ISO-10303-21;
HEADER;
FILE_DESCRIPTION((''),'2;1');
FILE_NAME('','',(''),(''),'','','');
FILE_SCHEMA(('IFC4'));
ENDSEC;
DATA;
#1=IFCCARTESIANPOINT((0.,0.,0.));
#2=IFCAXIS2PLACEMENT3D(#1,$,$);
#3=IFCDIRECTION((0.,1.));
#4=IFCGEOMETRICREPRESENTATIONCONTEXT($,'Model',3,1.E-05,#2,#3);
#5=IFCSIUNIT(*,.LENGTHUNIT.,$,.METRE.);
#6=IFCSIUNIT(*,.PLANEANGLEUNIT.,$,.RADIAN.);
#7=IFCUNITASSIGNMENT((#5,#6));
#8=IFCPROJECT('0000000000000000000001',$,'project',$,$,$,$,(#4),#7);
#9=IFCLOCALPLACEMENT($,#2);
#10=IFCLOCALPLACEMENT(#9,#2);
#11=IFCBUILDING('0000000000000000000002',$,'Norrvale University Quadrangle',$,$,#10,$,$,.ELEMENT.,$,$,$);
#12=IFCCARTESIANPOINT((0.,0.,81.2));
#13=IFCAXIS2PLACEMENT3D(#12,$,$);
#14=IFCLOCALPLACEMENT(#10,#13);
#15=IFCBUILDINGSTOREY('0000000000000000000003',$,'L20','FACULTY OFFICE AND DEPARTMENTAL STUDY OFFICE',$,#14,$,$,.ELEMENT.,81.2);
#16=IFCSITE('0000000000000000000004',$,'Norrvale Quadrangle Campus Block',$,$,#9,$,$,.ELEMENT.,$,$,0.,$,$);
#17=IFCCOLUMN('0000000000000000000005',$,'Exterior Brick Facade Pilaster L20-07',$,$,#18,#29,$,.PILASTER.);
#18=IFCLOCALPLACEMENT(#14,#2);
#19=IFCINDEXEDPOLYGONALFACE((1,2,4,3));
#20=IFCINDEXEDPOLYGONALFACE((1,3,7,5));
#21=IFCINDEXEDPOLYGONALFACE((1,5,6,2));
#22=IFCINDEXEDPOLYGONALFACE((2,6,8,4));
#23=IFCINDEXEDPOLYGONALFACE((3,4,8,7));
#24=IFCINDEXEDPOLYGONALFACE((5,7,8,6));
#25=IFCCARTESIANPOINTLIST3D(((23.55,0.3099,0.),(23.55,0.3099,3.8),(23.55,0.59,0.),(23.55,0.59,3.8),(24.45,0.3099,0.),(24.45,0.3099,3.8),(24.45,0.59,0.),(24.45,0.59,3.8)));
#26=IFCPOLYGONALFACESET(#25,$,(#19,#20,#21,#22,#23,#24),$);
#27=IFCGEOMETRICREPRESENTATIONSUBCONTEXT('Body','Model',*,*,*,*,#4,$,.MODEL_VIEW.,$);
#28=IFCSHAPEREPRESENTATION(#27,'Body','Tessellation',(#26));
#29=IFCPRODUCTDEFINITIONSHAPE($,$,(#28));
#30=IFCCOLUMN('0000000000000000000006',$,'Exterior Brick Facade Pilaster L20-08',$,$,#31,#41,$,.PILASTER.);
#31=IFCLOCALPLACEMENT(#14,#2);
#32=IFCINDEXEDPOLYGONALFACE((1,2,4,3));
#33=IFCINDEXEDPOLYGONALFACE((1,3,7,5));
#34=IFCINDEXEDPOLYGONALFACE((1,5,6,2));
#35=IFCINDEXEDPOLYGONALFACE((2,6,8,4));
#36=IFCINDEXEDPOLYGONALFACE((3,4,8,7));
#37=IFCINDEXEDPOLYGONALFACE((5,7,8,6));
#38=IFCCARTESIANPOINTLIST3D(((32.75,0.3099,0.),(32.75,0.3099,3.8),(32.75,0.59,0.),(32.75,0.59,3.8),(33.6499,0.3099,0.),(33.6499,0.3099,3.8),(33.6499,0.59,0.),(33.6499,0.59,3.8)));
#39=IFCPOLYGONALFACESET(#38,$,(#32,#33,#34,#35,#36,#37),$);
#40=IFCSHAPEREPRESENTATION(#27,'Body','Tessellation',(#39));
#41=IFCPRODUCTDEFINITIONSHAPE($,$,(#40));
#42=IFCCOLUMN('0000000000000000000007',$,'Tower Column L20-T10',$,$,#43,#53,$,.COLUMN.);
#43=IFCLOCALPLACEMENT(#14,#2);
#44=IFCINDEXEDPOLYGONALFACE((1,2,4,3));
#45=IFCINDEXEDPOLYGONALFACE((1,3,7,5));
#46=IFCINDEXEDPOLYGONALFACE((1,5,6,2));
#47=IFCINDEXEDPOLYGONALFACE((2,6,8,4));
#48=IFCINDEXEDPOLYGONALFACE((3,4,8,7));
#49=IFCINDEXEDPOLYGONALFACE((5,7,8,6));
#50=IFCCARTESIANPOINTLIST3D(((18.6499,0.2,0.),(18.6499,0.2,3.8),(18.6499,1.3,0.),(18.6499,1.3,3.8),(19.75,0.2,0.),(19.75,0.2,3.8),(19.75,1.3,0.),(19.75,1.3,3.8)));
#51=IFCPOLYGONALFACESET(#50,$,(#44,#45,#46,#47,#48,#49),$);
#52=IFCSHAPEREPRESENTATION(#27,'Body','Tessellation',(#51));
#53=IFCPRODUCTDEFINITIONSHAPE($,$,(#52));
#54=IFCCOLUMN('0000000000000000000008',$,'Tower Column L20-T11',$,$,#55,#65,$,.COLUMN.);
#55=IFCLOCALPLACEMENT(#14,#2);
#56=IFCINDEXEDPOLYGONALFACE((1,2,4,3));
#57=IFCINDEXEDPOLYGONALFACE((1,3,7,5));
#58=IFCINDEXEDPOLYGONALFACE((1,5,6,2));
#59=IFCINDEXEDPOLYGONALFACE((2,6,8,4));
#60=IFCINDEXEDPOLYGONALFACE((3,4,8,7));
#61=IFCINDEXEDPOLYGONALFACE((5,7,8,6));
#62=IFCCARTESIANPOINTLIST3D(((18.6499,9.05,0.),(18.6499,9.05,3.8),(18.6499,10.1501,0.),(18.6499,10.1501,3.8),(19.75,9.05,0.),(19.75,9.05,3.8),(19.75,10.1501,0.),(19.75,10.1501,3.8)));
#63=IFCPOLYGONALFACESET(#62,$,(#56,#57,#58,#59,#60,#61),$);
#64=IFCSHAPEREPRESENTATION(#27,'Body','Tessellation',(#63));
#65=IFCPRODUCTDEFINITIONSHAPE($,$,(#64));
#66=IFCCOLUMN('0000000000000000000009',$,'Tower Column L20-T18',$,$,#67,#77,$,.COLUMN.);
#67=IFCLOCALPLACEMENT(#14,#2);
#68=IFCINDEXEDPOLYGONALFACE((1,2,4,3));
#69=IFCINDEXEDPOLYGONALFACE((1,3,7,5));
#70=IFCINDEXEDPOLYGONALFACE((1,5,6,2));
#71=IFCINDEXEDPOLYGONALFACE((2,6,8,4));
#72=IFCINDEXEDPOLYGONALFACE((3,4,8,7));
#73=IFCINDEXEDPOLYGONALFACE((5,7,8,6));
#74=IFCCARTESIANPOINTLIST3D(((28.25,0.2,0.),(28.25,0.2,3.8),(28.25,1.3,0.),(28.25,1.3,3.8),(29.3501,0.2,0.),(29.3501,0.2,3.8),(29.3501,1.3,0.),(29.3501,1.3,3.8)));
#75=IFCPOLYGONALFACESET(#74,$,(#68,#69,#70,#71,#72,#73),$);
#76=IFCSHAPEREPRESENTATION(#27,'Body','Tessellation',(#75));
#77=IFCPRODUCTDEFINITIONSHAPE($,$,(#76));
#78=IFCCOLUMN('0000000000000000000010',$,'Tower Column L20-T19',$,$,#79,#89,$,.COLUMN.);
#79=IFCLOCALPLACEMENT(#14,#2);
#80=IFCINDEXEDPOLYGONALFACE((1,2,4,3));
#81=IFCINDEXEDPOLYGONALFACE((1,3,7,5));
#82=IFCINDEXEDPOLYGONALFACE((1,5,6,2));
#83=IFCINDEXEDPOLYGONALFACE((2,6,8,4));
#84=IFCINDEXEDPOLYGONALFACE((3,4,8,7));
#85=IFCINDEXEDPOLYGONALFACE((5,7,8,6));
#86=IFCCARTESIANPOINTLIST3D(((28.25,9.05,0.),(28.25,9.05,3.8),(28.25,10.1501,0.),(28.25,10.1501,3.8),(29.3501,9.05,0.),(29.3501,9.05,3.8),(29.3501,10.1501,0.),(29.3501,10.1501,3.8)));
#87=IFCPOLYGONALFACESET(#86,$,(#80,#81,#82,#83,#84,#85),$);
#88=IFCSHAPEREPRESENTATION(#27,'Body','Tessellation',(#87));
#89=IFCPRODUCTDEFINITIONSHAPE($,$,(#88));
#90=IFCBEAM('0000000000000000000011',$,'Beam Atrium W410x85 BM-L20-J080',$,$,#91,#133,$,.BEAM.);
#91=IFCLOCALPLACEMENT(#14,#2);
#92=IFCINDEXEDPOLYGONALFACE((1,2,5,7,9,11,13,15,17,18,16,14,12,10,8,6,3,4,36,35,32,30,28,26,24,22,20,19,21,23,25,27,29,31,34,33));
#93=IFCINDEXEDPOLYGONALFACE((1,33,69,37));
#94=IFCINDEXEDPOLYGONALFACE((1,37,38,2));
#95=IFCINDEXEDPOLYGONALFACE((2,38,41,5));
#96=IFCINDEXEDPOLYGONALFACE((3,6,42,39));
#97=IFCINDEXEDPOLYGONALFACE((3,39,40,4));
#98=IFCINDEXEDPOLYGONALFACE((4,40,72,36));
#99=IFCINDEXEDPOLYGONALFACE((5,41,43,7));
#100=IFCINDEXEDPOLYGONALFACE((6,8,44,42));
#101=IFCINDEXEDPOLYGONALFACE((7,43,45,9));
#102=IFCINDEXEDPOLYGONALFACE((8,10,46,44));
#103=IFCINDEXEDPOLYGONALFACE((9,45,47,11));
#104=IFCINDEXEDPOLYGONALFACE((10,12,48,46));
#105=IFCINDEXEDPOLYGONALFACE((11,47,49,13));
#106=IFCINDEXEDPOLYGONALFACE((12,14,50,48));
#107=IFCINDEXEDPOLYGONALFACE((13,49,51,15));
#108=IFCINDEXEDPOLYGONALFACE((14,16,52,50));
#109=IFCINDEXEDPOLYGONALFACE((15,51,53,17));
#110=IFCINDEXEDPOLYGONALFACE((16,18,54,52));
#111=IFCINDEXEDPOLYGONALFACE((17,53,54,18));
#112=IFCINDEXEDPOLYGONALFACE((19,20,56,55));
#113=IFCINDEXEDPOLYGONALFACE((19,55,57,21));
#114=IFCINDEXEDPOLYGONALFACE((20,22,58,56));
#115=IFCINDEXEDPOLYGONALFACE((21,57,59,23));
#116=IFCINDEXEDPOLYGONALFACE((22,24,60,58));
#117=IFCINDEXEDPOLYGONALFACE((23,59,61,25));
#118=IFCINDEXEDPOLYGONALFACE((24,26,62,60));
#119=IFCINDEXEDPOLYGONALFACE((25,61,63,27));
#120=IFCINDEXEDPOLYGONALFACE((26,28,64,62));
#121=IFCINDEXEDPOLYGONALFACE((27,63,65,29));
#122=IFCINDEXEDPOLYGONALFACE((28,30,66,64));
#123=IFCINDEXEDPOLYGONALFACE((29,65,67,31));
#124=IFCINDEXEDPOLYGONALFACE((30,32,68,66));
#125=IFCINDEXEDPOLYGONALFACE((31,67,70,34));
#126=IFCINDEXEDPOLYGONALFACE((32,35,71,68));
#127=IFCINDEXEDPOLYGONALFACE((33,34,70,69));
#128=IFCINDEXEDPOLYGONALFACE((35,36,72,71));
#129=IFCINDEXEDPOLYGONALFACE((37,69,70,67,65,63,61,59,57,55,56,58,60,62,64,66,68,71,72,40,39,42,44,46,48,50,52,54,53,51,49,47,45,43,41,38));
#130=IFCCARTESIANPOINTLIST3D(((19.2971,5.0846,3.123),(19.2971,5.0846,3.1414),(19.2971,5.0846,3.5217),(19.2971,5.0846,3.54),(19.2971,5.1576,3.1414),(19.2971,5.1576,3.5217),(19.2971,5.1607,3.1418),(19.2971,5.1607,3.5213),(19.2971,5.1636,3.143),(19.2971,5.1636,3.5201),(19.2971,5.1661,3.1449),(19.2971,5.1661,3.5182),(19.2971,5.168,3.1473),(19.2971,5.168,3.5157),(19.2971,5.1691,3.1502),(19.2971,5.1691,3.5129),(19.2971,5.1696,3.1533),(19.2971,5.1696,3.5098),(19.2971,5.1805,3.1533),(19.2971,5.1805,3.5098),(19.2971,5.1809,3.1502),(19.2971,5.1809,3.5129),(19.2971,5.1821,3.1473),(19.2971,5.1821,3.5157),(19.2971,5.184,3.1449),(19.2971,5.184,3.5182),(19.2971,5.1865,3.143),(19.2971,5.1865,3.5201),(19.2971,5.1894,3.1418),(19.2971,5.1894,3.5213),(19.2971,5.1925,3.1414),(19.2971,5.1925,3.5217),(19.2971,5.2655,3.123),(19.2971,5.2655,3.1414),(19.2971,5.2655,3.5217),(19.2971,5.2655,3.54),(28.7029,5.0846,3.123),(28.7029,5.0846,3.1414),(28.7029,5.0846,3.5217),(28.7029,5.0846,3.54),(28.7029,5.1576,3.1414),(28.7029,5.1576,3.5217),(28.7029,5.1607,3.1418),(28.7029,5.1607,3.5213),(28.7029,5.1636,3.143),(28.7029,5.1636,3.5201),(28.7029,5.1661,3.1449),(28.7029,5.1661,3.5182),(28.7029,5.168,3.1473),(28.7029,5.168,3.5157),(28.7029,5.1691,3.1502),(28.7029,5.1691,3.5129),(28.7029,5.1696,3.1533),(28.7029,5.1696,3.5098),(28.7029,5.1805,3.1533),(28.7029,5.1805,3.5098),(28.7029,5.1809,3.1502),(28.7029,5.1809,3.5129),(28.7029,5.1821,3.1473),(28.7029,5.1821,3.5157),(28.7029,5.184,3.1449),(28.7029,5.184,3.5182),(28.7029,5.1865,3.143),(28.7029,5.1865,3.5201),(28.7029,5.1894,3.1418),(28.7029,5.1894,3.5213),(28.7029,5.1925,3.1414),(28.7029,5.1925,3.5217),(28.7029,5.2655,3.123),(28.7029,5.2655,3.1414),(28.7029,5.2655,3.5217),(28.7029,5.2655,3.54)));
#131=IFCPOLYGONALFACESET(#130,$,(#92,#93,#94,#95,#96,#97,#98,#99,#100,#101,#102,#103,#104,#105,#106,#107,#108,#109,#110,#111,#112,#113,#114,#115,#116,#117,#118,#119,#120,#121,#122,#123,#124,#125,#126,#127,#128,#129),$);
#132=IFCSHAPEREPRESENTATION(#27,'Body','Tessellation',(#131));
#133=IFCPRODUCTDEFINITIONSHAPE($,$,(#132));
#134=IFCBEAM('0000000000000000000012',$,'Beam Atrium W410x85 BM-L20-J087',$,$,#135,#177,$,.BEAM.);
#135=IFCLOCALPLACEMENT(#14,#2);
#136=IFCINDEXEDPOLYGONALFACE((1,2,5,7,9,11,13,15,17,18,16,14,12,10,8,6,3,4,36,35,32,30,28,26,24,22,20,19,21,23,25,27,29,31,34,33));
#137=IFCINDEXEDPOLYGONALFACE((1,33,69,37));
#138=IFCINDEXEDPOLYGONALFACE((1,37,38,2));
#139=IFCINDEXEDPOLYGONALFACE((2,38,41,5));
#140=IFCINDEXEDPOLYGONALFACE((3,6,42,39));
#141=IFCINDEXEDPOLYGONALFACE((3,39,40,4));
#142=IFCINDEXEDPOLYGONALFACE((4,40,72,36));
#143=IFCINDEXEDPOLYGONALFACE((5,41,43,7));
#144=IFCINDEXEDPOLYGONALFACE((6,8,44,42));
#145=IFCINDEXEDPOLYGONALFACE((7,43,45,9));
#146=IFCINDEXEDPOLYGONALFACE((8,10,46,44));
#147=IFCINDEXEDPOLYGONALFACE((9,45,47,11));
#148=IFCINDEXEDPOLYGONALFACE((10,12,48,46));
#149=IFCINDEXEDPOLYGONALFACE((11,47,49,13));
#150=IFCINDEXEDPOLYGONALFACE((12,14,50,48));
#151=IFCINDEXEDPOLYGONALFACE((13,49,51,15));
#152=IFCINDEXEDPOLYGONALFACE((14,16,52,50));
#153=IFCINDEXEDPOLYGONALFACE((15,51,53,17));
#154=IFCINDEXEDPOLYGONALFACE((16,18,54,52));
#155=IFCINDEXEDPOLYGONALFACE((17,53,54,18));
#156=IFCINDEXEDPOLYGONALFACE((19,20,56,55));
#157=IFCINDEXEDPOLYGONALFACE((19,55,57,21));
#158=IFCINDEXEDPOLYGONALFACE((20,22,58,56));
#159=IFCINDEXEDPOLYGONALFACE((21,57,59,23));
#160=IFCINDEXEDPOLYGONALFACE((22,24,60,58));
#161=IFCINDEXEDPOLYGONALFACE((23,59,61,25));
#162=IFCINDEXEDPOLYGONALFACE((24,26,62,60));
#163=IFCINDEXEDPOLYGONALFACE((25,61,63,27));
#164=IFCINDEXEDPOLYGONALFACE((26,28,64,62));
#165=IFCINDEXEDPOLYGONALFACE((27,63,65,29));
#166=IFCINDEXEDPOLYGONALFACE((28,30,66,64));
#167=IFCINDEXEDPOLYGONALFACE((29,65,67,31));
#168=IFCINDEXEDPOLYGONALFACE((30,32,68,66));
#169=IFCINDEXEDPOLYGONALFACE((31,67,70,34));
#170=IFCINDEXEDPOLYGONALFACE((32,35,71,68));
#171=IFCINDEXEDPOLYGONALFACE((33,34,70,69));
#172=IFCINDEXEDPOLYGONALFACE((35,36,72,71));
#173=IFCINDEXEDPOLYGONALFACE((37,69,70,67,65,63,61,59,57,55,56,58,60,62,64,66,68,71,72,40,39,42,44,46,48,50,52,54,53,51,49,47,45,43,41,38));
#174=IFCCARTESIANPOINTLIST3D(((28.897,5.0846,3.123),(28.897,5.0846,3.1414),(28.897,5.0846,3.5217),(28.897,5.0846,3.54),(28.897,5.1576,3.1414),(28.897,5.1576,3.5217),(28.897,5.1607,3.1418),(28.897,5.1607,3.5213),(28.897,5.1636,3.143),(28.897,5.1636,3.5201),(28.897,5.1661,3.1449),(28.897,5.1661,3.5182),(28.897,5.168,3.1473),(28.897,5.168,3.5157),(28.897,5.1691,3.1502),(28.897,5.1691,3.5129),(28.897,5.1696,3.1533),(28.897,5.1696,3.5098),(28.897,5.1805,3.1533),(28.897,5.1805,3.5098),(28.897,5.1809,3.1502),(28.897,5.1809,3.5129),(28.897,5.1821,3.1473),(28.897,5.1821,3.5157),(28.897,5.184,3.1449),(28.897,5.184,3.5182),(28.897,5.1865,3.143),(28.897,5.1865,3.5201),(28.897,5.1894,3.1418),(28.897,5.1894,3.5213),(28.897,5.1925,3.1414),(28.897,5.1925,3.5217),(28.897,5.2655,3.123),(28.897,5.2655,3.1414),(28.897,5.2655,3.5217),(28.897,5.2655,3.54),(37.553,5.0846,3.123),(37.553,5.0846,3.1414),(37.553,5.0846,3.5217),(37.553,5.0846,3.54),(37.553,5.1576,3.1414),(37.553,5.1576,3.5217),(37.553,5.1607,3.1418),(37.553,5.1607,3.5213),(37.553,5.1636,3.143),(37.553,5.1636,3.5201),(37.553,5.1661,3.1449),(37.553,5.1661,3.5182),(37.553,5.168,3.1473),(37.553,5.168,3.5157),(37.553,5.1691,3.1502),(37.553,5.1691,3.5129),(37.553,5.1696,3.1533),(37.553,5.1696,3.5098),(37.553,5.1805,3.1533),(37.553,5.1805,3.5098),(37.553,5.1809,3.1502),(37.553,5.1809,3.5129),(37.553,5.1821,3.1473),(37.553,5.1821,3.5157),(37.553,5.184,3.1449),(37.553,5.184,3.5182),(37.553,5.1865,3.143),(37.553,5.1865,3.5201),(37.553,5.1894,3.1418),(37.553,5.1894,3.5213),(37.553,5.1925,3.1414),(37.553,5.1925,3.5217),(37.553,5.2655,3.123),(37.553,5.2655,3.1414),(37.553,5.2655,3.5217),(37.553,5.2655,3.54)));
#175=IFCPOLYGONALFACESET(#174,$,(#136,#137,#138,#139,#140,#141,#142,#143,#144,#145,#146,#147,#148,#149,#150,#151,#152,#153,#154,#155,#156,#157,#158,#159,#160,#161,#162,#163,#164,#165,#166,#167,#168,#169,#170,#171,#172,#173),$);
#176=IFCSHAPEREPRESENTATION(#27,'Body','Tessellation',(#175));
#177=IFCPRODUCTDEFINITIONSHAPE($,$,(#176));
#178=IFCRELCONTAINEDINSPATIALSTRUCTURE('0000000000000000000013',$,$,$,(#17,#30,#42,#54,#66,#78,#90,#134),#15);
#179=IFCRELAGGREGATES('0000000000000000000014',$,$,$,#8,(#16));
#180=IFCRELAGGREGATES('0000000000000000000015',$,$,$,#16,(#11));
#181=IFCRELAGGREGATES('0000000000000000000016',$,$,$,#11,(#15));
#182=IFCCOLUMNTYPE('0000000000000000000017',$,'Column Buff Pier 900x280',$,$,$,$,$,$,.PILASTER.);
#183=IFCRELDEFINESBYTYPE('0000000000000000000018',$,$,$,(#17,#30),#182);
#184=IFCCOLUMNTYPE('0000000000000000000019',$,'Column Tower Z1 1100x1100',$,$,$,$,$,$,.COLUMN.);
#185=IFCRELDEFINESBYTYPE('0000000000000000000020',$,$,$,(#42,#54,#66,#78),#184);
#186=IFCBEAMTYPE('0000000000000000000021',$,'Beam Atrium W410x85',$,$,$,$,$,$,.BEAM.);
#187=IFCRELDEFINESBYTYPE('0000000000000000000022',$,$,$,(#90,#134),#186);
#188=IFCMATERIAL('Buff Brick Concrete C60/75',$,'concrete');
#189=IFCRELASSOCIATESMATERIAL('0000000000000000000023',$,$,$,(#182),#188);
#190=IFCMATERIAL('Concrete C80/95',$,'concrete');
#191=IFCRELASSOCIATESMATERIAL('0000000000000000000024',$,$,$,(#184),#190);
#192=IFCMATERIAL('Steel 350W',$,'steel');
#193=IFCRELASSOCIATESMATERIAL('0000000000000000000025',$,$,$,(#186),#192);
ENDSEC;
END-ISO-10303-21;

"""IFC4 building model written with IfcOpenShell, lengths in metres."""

from ifc_helpers import new_model, si_unit, direction, frame, origin, origin_2d, place, context, subcontext, project, spatial, rectangle, i_section, extrude, material, material_profile, profile_set, type_object, element, save


model = new_model("IFC4")

# Units and contexts
model_context = context("Model", 3, precision=1e-05, world=origin(), true_north=direction((0.0, 1.0)))
body_context = subcontext(model_context, "Body", "Model", "MODEL_VIEW")
ifc_project = project(units=[si_unit("LENGTHUNIT", "METRE"), si_unit("PLANEANGLEUNIT", "RADIAN")], contexts=[model_context])

# Site, building, storey
site_placement = place(None, origin())
site = spatial("IfcSite", under=ifc_project, at=site_placement, Name="Norrvale Quadrangle Campus Block", CompositionType="ELEMENT", RefElevation=0.0)
building_placement = place(site_placement, origin())
building = spatial("IfcBuilding", under=site, at=building_placement, Name="Norrvale University Quadrangle", CompositionType="ELEMENT")
storey_placement = place(building_placement, frame((0.0, 0.0, 81.2)))
storey = spatial("IfcBuildingStorey", under=building, at=storey_placement, Name="L20", Description="FACULTY OFFICE AND DEPARTMENTAL STUDY OFFICE", CompositionType="ELEMENT", Elevation=81.2)

# Columns
ifc_material_1 = material(Name="Buff Brick Concrete C60/75", Category="concrete")
ifc_material_profile_1 = material_profile(ifc_material_1, rectangle(XDim=0.8999, YDim=0.28, at=origin_2d()), Name="Buff Brick Concrete C60/75")
ifc_profile_set_1 = profile_set([ifc_material_profile_1], Name="Buff Brick Concrete C60/75")
column_type_1 = type_object("IfcColumnType", Name="Column Buff Pier 900x280", PredefinedType="PILASTER", material=ifc_profile_set_1)
for number, where, z_axis, x_axis, name in (
    (1, (24.0, 0.45, 0.0), (0.0, 0.0, 1.0), (1.0, 0.0, 0.0), "Exterior Brick Facade Pilaster L20-07"),
    (2, (33.2, 0.45, 0.0), (0.0, 0.0, 1.0), (1.0, 0.0, 0.0), "Exterior Brick Facade Pilaster L20-08"),
):
    element("IfcColumn", number, at=place(storey_placement, frame(where, z_axis=z_axis, x_axis=x_axis)), inside=storey, type_object=column_type_1, Name=name, PredefinedType="PILASTER", context=body_context, shape_type="SweptSolid", body=[
        extrude(rectangle(XDim=0.8999, YDim=0.28, at=origin_2d()), origin(), (0.0, 0.0, 1.0), 3.8),
    ])
ifc_material_2 = material(Name="Concrete C80/95", Category="concrete")
ifc_material_profile_2 = material_profile(ifc_material_2, rectangle(XDim=1.1001, YDim=1.1001, at=origin_2d()), Name="Concrete C80/95")
ifc_profile_set_2 = profile_set([ifc_material_profile_2], Name="Concrete C80/95")
column_type_2 = type_object("IfcColumnType", Name="Column Tower Z1 1100x1100", PredefinedType="COLUMN", material=ifc_profile_set_2)
for number, where, z_axis, x_axis, name in (
    (3, (19.2, 0.75, 0.0), (0.0, 0.0, 1.0), (1.0, 0.0, 0.0), "Tower Column L20-T10"),
    (4, (19.2, 9.6001, 0.0), (0.0, 0.0, 1.0), (1.0, 0.0, 0.0), "Tower Column L20-T11"),
    (5, (28.8, 0.75, 0.0), (0.0, 0.0, 1.0), (1.0, 0.0, 0.0), "Tower Column L20-T18"),
    (6, (28.8, 9.6001, 0.0), (0.0, 0.0, 1.0), (1.0, 0.0, 0.0), "Tower Column L20-T19"),
):
    element("IfcColumn", number, at=place(storey_placement, frame(where, z_axis=z_axis, x_axis=x_axis)), inside=storey, type_object=column_type_2, Name=name, PredefinedType="COLUMN", context=body_context, shape_type="SweptSolid", body=[
        extrude(rectangle(XDim=1.1001, YDim=1.1001, at=origin_2d()), origin(), (0.0, 0.0, 1.0), 3.8),
    ])

# Beams
ifc_material_3 = material(Name="Steel 350W", Category="steel")
ifc_material_profile_3 = material_profile(ifc_material_3, i_section(OverallWidth=0.1809, OverallDepth=0.417, WebThickness=0.011, FlangeThickness=0.0183, FilletRadius=0.012, at=origin_2d()), Name="Steel 350W")
ifc_profile_set_3 = profile_set([ifc_material_profile_3], Name="Steel 350W")
beam_type_1 = type_object("IfcBeamType", Name="Beam Atrium W410x85", PredefinedType="BEAM", material=ifc_profile_set_3)
beam_1_placement = place(storey_placement, frame((19.2971, 5.175, 3.3315), z_axis=(1.0, 0.0, 0.0), x_axis=(0.0, 1.0, 0.0)))
element("IfcBeam", 7, at=beam_1_placement, inside=storey, type_object=beam_type_1, Name="Beam Atrium W410x85 BM-L20-J080", PredefinedType="BEAM", context=body_context, shape_type="SweptSolid", body=[
    extrude(i_section(OverallWidth=0.1809, OverallDepth=0.417, WebThickness=0.011, FlangeThickness=0.0183, FilletRadius=0.012, at=origin_2d()), origin(), (0.0, 0.0, 1.0), 9.4058),
])
beam_2_placement = place(storey_placement, frame((28.897, 5.175, 3.3315), z_axis=(1.0, 0.0, 0.0), x_axis=(0.0, 1.0, 0.0)))
element("IfcBeam", 8, at=beam_2_placement, inside=storey, type_object=beam_type_1, Name="Beam Atrium W410x85 BM-L20-J087", PredefinedType="BEAM", context=body_context, shape_type="SweptSolid", body=[
    extrude(i_section(OverallWidth=0.1809, OverallDepth=0.417, WebThickness=0.011, FlangeThickness=0.0183, FilletRadius=0.012, at=origin_2d()), origin(), (0.0, 0.0, 1.0), 8.656),
])

save(model, "model.ifc")
